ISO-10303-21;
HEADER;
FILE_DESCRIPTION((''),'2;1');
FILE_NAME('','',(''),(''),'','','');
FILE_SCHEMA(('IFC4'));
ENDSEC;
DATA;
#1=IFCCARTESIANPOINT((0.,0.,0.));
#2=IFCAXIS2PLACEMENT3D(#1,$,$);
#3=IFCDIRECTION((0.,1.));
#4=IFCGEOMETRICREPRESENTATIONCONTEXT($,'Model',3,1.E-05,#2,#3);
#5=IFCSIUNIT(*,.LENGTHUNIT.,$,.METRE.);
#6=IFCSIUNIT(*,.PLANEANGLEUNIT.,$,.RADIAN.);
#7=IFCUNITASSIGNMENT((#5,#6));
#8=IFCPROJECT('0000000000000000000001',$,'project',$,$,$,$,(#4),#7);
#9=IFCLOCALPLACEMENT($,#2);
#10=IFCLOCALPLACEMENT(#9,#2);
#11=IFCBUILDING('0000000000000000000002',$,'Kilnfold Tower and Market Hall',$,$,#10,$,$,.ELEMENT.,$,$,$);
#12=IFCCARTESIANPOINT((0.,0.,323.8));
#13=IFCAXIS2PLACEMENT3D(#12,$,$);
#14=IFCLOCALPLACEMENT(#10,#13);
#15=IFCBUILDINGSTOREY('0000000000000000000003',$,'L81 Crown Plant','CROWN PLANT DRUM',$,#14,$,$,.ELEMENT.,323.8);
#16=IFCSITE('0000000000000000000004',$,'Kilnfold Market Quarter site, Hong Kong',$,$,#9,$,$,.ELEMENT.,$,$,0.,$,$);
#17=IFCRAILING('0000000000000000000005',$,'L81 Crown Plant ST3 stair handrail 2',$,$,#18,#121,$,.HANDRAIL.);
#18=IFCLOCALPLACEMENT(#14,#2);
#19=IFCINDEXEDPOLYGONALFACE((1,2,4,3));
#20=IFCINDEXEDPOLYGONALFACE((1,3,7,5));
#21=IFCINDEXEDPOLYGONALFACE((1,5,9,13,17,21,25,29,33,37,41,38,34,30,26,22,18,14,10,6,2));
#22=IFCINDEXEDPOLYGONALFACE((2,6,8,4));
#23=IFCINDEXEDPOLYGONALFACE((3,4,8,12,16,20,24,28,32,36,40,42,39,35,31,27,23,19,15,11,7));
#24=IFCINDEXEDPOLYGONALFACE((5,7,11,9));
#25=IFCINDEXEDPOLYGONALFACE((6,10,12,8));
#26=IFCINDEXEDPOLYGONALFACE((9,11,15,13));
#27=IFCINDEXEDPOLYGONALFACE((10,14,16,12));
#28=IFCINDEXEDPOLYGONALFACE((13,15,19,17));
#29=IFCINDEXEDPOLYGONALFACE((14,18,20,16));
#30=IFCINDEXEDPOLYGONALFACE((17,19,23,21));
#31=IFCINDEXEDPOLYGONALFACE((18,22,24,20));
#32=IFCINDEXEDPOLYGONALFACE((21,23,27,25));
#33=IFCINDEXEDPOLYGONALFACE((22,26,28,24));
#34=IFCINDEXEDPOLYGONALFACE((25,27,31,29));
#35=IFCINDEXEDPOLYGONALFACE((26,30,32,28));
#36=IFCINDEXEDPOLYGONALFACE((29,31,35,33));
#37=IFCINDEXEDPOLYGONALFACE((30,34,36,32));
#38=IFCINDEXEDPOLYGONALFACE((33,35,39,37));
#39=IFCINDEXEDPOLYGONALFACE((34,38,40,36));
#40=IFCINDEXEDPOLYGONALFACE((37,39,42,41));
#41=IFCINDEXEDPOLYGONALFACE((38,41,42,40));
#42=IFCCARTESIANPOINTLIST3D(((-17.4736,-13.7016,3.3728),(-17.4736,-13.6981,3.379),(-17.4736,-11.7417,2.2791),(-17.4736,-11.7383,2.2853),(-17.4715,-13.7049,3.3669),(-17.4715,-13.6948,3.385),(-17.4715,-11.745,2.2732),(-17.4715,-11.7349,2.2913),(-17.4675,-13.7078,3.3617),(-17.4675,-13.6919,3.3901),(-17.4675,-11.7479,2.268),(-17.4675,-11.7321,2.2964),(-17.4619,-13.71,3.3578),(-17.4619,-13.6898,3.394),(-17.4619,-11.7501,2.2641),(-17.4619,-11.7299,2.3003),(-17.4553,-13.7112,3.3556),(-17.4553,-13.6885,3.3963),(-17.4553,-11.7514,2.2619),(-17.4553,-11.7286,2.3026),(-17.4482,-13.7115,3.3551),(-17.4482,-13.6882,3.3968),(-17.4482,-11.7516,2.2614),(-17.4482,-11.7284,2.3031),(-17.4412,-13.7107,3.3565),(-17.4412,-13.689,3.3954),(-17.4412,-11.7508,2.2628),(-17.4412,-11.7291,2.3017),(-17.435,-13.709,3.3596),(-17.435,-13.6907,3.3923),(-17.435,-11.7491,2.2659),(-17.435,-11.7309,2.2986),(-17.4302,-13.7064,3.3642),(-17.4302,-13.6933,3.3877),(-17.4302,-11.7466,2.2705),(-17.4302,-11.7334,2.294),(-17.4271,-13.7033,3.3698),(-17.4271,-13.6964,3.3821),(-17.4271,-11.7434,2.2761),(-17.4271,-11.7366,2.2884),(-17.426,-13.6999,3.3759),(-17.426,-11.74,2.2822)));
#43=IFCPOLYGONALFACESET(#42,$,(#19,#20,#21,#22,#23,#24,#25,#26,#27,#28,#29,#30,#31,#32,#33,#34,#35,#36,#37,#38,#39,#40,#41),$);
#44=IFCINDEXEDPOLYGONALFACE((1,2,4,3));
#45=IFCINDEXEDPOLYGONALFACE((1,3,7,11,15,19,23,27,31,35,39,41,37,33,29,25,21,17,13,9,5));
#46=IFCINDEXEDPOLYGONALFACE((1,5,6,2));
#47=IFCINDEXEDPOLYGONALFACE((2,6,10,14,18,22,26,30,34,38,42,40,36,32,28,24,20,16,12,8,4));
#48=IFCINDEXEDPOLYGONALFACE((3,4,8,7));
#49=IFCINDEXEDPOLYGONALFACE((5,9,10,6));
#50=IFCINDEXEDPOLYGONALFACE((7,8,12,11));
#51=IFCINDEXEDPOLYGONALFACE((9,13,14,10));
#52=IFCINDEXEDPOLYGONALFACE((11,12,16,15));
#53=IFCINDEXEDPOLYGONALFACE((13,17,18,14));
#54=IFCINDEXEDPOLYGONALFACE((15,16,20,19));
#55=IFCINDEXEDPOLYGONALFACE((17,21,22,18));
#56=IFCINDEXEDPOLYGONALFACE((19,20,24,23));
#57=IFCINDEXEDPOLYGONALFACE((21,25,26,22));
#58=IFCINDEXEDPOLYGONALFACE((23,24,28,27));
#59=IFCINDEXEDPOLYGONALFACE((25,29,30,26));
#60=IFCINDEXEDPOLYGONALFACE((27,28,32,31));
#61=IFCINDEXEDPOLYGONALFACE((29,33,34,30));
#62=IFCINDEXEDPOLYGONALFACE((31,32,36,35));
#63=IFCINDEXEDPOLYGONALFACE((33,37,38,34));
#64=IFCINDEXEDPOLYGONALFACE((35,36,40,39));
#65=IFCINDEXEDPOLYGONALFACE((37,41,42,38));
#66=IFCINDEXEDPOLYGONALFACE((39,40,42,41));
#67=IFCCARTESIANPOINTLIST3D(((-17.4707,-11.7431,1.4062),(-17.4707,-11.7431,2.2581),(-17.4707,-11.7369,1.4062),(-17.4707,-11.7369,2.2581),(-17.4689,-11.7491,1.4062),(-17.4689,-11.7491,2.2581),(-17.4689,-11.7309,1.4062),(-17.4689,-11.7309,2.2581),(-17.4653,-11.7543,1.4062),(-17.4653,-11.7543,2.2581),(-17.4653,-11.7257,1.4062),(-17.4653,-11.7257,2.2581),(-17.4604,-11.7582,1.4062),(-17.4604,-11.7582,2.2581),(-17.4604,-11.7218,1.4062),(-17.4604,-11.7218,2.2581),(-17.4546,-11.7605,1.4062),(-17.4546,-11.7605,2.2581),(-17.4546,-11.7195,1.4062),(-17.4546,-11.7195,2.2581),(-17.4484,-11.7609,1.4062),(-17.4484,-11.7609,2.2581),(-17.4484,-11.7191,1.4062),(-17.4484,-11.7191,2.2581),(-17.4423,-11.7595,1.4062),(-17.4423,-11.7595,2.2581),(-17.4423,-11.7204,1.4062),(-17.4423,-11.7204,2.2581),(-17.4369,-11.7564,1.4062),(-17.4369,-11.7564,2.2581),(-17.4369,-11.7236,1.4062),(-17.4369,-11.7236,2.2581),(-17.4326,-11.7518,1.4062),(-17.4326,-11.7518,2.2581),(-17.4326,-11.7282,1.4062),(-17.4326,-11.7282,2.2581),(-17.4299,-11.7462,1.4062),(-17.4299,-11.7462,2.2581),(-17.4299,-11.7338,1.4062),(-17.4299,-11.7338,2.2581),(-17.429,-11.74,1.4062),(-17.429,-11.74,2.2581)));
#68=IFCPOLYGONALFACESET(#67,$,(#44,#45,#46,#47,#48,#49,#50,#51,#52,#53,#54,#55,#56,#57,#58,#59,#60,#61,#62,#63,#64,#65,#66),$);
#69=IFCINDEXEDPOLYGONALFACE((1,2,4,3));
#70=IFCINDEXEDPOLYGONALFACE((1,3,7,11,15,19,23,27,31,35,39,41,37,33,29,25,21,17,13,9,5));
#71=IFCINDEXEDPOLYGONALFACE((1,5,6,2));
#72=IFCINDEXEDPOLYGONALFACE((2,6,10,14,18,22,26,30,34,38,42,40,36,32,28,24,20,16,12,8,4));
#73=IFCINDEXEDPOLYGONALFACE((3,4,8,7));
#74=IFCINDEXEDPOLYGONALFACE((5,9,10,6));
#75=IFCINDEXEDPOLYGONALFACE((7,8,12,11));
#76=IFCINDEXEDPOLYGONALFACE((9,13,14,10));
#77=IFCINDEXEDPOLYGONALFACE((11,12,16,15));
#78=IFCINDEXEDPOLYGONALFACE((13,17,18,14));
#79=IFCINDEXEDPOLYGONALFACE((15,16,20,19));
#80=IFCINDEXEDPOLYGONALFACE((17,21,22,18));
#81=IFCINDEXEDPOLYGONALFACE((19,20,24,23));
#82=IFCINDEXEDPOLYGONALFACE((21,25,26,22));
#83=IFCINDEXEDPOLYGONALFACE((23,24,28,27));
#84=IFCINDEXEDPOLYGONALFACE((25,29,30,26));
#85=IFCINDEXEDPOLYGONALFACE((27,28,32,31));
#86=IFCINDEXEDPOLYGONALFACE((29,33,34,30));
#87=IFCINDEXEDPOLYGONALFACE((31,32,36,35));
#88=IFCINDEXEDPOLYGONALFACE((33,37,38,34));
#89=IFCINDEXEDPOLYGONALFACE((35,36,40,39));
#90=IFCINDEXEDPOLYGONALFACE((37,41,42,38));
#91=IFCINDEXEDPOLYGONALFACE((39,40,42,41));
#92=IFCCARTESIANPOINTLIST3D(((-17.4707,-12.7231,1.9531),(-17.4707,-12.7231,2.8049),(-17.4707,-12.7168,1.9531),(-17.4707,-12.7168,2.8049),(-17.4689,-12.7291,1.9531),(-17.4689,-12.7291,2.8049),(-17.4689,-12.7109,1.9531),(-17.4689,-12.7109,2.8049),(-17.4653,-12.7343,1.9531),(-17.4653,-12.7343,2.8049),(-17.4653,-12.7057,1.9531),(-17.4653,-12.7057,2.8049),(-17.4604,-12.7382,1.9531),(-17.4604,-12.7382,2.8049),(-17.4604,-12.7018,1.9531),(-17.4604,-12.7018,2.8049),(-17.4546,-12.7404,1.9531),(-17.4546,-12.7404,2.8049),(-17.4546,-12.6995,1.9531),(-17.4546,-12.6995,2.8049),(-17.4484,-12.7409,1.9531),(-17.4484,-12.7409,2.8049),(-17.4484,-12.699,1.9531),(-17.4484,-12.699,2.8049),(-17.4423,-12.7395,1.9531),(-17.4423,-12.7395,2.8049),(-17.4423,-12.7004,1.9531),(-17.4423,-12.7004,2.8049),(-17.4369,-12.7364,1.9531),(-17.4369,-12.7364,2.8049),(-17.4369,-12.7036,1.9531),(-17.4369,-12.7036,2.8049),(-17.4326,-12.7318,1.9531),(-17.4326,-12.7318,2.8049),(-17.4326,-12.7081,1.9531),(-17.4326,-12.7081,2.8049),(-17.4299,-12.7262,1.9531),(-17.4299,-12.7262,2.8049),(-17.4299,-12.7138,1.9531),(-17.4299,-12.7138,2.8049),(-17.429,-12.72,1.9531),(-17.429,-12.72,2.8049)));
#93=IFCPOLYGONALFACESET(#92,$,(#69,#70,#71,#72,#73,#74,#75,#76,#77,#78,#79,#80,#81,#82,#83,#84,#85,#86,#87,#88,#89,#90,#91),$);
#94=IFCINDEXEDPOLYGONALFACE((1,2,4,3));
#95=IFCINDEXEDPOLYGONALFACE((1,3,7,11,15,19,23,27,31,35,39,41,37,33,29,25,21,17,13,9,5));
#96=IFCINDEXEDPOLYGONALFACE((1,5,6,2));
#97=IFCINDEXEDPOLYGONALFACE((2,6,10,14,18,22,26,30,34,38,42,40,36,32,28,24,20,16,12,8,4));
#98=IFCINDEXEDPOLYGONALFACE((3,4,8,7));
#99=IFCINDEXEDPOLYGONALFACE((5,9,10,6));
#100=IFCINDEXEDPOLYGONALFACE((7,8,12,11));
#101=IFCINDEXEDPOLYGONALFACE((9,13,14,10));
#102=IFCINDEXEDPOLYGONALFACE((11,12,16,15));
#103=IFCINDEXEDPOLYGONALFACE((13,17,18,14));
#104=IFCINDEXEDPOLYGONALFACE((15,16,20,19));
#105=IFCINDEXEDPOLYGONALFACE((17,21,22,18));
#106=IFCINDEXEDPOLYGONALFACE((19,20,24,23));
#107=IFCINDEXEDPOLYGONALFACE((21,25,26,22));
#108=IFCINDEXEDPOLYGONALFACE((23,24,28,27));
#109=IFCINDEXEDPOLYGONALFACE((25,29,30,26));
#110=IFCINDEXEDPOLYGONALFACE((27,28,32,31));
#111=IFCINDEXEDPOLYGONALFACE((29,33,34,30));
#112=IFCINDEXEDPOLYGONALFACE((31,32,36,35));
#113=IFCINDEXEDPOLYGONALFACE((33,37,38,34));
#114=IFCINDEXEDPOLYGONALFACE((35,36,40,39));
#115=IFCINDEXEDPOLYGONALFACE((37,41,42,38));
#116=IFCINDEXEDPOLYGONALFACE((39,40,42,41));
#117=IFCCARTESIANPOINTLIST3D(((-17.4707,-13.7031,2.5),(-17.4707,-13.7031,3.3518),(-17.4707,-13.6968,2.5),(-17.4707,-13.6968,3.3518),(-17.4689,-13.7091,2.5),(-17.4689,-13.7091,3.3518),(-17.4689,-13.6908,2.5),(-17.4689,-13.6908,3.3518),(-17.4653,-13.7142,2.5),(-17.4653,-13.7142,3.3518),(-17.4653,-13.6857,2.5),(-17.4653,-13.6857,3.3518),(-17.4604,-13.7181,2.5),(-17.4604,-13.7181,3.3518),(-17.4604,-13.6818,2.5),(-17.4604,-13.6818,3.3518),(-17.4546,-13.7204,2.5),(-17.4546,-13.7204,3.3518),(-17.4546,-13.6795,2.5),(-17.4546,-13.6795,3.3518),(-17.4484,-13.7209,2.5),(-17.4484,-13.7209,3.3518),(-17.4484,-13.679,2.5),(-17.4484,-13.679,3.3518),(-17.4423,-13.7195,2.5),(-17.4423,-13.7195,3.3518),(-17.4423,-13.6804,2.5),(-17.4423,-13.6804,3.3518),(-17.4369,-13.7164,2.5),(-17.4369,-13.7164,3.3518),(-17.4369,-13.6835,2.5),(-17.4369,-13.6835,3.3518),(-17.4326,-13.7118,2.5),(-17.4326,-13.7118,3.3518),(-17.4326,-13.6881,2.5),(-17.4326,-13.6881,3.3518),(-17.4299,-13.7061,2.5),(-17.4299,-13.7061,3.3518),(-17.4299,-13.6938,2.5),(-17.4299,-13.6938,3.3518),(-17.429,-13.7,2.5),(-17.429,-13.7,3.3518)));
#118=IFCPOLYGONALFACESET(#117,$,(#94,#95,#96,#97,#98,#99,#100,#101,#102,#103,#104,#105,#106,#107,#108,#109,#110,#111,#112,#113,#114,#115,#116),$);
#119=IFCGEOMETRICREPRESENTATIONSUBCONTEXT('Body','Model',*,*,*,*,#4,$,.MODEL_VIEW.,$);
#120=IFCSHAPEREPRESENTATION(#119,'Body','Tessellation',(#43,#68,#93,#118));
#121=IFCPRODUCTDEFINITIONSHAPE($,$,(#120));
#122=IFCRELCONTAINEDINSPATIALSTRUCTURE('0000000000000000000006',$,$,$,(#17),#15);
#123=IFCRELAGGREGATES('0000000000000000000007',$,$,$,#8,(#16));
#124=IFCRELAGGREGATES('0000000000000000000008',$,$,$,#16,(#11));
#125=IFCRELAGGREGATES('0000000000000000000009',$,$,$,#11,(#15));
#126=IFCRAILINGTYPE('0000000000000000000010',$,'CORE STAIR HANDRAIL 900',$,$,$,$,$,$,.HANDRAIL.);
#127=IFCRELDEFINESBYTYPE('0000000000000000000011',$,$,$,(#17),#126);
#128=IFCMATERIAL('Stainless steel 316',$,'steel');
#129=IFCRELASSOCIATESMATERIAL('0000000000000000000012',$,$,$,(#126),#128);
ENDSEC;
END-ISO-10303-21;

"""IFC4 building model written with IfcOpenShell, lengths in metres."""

from ifc_helpers import new_model, si_unit, direction, frame, origin, origin_2d, place, context, subcontext, project, spatial, circle, extrude, material, type_object, element, save


model = new_model("IFC4")

# Units and contexts
model_context = context("Model", 3, precision=1e-05, world=origin(), true_north=direction((0.0, 1.0)))
body_context = subcontext(model_context, "Body", "Model", "MODEL_VIEW")
ifc_project = project(units=[si_unit("LENGTHUNIT", "METRE"), si_unit("PLANEANGLEUNIT", "RADIAN")], contexts=[model_context])

# Site, building, storey
site_placement = place(None, origin())
site = spatial("IfcSite", under=ifc_project, at=site_placement, Name="Kilnfold Market Quarter site, Hong Kong", CompositionType="ELEMENT", RefElevation=0.0)
building_placement = place(site_placement, origin())
building = spatial("IfcBuilding", under=site, at=building_placement, Name="Kilnfold Tower and Market Hall", CompositionType="ELEMENT")
storey_placement = place(building_placement, frame((0.0, 0.0, 323.8)))
storey = spatial("IfcBuildingStorey", under=building, at=storey_placement, Name="L81 Crown Plant", Description="CROWN PLANT DRUM", CompositionType="ELEMENT", Elevation=323.8)

# Railing
ifc_material_1 = material(Name="Stainless steel 316", Category="steel")
railing_type_1 = type_object("IfcRailingType", Name="CORE STAIR HANDRAIL 900", PredefinedType="HANDRAIL", material=ifc_material_1)
railing_1_placement = place(storey_placement, frame((-17.45, -11.74, 1.4062)))
element("IfcRailing", 1, at=railing_1_placement, inside=storey, type_object=railing_type_1, Name="L81 Crown Plant ST3 stair handrail 2", PredefinedType="HANDRAIL", context=body_context, shape_type="SweptSolid", body=[
    extrude(circle(Radius=0.0239, at=origin_2d()), frame((0.0, 0.0, 0.876), z_axis=(0.0, -0.873232, 0.487304), x_axis=(1.0, 0.0, 0.0)), (0.0, 0.0, 1.0), 2.2444),
    extrude(circle(Radius=0.021, at=origin_2d()), origin(), (0.0, 0.0, 1.0), 0.8518),
    extrude(circle(Radius=0.021, at=origin_2d()), frame((0.0, -0.98, 0.5469)), (0.0, 0.0, 1.0), 0.8518),
    extrude(circle(Radius=0.021, at=origin_2d()), frame((0.0, -1.96, 1.0938)), (0.0, 0.0, 1.0), 0.8518),
])

save(model, "model.ifc")
